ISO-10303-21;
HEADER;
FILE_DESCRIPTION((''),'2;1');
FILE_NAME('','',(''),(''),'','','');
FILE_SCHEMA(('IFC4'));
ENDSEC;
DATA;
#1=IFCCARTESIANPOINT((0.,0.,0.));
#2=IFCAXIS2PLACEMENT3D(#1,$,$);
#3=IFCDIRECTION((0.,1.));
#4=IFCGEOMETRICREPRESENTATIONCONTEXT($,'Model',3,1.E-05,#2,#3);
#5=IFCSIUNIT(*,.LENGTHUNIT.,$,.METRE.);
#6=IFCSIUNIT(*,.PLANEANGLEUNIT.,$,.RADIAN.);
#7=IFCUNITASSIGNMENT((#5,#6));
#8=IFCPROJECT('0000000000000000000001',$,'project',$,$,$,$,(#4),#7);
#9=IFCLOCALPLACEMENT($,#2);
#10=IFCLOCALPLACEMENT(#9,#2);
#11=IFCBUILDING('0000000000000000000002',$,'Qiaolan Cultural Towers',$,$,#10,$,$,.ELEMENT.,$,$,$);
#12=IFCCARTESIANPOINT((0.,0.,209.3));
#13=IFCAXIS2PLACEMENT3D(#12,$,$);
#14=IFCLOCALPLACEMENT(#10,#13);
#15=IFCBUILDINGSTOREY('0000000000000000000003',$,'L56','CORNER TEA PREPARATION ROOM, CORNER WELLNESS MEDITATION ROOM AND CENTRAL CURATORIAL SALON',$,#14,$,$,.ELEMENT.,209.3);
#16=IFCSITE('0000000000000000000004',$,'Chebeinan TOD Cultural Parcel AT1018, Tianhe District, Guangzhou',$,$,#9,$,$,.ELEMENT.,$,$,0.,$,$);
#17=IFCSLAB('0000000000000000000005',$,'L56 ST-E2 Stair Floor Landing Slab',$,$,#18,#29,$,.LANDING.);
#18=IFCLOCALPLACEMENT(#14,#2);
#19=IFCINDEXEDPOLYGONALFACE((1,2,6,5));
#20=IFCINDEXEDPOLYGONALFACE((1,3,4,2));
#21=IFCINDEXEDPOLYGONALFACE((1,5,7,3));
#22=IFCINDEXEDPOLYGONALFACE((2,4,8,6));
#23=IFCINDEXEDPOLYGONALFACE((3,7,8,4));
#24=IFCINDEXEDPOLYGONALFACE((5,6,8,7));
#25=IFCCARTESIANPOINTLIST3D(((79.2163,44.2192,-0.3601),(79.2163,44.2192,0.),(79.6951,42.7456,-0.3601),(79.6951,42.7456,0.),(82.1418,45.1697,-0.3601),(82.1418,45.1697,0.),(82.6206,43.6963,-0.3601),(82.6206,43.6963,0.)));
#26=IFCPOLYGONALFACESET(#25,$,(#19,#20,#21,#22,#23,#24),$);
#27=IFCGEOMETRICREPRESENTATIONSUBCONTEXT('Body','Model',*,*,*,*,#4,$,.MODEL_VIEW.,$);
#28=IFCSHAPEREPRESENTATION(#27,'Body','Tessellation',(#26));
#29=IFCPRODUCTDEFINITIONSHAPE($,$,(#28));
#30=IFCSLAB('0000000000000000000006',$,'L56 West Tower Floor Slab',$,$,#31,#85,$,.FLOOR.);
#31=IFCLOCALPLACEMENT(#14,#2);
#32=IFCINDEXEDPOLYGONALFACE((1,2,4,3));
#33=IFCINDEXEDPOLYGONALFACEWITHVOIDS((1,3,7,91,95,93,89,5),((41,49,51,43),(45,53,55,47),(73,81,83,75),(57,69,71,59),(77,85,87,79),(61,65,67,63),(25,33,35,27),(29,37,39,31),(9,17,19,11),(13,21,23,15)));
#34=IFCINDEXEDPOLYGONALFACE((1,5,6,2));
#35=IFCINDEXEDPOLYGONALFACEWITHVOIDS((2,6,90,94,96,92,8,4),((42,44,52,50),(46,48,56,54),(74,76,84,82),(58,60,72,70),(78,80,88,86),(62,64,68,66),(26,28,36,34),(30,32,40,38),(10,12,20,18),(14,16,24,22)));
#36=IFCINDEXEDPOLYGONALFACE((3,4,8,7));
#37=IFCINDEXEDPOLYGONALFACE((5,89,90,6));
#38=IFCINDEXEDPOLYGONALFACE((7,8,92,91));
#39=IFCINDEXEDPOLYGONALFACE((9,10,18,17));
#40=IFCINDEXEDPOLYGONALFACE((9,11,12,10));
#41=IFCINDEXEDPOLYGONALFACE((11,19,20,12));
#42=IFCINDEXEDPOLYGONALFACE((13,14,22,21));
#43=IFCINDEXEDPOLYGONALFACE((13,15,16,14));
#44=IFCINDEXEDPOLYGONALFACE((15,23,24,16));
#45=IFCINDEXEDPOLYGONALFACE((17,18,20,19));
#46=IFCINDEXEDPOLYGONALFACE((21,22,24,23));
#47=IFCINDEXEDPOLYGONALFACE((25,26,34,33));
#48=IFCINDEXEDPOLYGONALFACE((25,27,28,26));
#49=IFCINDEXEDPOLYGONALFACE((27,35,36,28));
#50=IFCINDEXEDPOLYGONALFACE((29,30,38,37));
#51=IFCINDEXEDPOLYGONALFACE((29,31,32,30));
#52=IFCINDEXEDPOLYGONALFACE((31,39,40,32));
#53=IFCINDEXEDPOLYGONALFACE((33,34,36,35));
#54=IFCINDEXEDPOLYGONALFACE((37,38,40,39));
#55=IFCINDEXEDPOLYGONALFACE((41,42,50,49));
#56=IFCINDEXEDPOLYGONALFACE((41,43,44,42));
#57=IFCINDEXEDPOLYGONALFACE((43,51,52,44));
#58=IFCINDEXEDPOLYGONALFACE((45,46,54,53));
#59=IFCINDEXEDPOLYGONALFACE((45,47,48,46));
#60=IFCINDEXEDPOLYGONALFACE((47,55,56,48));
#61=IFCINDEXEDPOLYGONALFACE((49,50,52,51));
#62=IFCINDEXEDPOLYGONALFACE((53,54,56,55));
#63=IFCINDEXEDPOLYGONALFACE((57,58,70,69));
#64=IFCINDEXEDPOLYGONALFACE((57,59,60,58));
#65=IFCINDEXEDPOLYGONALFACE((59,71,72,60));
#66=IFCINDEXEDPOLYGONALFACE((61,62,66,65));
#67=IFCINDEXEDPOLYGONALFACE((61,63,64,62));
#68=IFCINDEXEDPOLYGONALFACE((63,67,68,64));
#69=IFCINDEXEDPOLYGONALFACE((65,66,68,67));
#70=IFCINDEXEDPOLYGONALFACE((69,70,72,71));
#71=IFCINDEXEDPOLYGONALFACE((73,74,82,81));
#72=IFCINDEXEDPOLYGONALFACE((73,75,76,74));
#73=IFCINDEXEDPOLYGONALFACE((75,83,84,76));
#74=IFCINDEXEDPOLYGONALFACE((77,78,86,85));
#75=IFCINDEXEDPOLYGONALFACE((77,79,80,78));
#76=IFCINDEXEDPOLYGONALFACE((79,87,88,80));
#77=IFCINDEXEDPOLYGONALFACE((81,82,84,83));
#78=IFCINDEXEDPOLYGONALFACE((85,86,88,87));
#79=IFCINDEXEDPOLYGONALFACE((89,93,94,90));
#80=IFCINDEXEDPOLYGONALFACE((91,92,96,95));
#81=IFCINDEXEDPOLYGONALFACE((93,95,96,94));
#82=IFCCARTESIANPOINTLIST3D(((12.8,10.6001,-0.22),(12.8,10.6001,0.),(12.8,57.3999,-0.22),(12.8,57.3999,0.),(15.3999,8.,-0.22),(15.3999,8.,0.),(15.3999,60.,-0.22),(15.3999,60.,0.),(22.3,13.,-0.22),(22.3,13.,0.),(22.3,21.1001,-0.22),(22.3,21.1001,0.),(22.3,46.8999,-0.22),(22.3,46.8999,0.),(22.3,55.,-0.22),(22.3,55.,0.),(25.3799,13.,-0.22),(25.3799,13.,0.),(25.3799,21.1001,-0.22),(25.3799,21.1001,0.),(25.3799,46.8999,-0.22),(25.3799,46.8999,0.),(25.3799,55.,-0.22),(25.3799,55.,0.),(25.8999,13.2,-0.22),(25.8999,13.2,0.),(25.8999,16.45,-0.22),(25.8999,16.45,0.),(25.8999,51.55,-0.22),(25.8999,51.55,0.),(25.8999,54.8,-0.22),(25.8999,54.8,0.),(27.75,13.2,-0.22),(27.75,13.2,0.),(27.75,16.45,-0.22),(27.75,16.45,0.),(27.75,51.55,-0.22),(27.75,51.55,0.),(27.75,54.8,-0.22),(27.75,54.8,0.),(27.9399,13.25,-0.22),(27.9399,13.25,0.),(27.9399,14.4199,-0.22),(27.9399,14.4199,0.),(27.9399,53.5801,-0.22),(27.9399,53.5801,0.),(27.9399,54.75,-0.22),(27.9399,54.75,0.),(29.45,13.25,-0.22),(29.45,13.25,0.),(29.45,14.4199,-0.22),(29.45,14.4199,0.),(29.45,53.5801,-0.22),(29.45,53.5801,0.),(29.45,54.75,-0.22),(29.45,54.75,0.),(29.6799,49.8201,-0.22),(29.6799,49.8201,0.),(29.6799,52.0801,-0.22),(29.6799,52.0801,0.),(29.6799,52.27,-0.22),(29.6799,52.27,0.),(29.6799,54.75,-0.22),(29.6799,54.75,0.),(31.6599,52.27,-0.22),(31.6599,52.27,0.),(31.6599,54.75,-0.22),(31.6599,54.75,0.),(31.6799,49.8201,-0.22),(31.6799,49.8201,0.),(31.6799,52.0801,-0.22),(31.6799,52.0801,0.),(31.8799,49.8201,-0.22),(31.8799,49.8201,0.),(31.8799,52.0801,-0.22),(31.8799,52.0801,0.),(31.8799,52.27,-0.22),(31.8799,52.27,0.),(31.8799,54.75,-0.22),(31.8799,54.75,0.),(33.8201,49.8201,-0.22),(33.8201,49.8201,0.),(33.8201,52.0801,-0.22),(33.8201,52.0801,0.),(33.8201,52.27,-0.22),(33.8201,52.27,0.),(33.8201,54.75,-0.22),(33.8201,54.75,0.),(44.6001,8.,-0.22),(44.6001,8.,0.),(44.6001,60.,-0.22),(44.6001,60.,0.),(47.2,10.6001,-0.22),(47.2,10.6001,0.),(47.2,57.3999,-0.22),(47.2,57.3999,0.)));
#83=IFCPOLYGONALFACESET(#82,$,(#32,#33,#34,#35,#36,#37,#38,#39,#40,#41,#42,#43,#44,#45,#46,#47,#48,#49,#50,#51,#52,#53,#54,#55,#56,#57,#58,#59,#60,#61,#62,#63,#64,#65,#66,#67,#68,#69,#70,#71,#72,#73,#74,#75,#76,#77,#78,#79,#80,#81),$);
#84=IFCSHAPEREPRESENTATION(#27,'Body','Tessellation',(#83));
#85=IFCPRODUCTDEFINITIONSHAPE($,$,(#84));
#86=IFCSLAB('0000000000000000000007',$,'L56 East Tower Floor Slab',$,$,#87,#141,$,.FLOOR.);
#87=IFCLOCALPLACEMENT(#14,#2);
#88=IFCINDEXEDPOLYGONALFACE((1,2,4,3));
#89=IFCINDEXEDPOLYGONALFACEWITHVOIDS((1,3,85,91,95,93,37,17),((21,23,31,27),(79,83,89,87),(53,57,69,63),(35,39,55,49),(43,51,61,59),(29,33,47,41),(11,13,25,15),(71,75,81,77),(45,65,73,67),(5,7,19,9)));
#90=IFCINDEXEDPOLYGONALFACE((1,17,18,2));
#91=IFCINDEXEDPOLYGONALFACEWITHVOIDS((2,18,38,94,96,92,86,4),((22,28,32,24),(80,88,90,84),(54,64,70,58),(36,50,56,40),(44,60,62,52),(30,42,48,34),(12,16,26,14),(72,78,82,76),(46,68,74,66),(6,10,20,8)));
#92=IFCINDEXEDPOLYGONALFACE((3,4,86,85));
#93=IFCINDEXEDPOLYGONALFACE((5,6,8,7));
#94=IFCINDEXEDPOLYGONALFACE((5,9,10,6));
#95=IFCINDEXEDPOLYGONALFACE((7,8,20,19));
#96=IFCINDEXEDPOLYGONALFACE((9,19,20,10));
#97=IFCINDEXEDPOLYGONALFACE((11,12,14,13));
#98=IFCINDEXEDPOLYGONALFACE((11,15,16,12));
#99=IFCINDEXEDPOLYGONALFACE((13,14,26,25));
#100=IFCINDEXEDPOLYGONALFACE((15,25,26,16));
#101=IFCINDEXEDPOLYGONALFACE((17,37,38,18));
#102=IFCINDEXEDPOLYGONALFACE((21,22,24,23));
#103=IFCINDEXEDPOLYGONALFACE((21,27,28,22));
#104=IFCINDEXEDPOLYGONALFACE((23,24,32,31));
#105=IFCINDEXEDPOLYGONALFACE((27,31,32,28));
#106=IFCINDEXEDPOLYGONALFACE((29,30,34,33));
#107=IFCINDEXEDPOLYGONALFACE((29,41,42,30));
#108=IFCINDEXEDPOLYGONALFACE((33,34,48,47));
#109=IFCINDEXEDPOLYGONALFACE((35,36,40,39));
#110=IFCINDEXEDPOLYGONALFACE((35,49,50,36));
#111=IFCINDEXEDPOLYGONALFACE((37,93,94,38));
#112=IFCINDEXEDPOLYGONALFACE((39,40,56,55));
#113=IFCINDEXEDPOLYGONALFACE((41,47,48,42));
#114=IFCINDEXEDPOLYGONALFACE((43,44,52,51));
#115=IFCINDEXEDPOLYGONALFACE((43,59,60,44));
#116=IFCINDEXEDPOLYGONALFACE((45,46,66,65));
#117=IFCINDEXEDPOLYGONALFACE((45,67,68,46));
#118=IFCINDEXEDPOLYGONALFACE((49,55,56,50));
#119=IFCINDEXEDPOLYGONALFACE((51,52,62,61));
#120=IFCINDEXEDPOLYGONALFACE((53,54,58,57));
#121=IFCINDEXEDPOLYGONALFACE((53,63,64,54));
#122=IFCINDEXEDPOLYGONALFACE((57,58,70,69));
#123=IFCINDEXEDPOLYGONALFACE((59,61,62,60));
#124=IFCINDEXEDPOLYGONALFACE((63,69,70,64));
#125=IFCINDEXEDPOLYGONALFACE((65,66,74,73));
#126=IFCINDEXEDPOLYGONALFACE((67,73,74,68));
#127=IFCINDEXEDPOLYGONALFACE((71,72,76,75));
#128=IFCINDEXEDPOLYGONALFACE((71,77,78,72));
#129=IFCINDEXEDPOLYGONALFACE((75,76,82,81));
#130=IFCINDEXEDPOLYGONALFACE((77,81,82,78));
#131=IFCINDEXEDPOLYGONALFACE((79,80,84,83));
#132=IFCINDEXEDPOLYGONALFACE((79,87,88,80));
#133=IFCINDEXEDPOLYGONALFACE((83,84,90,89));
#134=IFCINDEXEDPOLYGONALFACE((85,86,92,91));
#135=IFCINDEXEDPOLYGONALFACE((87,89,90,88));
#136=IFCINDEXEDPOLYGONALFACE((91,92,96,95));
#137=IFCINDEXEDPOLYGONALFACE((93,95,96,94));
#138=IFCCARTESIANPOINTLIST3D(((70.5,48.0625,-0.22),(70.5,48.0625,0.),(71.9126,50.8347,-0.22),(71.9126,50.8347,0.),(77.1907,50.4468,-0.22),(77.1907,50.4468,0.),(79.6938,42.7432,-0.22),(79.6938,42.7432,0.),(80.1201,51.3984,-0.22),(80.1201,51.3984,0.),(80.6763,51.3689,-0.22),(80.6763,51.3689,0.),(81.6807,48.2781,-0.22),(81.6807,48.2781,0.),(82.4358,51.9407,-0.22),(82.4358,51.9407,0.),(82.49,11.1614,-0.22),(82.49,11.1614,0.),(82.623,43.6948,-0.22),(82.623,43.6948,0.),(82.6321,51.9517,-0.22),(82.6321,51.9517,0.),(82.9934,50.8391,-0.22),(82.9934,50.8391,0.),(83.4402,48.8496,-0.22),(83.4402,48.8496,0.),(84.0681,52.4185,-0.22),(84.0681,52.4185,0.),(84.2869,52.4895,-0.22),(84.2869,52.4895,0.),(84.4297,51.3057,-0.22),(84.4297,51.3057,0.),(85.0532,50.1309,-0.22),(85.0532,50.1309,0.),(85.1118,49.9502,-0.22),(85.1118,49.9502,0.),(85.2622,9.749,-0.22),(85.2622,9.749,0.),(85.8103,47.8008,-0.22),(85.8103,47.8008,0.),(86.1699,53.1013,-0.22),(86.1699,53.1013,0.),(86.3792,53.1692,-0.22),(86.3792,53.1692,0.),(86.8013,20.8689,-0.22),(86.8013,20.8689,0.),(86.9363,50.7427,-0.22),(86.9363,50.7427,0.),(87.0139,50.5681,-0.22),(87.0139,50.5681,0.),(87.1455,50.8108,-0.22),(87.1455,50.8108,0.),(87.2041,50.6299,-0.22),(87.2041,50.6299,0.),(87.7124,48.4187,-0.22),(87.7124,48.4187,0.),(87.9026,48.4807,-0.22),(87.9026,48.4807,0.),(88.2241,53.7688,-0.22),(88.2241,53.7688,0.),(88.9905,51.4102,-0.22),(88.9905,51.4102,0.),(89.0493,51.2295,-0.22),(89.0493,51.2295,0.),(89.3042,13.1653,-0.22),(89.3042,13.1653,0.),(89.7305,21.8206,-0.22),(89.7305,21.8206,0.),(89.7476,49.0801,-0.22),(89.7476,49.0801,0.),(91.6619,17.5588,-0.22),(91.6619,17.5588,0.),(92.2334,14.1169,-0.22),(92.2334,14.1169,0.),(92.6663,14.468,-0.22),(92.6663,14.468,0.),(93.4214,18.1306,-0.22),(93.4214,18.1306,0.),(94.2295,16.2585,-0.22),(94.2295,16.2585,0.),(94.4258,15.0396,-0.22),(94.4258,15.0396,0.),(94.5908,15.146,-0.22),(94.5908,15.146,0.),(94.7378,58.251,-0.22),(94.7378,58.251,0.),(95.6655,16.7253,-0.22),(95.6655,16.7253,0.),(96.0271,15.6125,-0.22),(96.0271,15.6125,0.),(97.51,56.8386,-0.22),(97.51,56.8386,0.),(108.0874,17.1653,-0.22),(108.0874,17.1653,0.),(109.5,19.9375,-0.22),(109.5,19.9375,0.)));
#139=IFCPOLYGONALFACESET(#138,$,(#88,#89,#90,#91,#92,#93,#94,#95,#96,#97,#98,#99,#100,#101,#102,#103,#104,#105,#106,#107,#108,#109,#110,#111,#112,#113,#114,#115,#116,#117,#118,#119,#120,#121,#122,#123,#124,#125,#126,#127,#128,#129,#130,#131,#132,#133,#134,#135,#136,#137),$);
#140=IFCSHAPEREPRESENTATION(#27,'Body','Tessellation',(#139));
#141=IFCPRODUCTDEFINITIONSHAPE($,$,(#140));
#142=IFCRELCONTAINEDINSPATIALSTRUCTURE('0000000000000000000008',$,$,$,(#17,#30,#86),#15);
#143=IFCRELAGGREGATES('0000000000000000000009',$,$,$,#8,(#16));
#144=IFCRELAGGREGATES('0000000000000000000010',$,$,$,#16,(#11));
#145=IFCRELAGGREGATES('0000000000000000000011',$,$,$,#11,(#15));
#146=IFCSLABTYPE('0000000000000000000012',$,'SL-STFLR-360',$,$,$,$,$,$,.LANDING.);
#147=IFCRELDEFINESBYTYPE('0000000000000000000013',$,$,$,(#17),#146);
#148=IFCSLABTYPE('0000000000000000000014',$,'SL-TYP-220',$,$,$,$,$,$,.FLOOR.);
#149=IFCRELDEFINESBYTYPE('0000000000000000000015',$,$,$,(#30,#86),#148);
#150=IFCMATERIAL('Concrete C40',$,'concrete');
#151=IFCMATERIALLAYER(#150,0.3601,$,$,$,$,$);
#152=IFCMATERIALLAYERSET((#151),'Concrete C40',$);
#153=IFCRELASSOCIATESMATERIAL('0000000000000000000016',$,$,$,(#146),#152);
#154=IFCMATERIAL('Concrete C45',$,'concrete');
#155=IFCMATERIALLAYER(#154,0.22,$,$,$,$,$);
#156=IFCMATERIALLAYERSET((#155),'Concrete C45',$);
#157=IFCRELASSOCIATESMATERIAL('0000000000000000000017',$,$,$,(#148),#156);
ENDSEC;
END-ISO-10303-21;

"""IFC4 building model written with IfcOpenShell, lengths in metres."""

from ifc_helpers import new_model, si_unit, direction, frame, origin, place, context, subcontext, project, spatial, polyline, outline, extrude, material, layer, layer_set, type_object, element, save


model = new_model("IFC4")

# Units and contexts
model_context = context("Model", 3, precision=1e-05, world=origin(), true_north=direction((0.0, 1.0)))
body_context = subcontext(model_context, "Body", "Model", "MODEL_VIEW")
ifc_project = project(units=[si_unit("LENGTHUNIT", "METRE"), si_unit("PLANEANGLEUNIT", "RADIAN")], contexts=[model_context])

# Site, building, storey
site_placement = place(None, origin())
site = spatial("IfcSite", under=ifc_project, at=site_placement, Name="Chebeinan TOD Cultural Parcel AT1018, Tianhe District, Guangzhou", CompositionType="ELEMENT", RefElevation=0.0)
building_placement = place(site_placement, origin())
building = spatial("IfcBuilding", under=site, at=building_placement, Name="Qiaolan Cultural Towers", CompositionType="ELEMENT")
storey_placement = place(building_placement, frame((0.0, 0.0, 209.3)))
storey = spatial("IfcBuildingStorey", under=building, at=storey_placement, Name="L56", Description="CORNER TEA PREPARATION ROOM, CORNER WELLNESS MEDITATION ROOM AND CENTRAL CURATORIAL SALON", CompositionType="ELEMENT", Elevation=209.3)

# Slabs
ifc_material_1 = material(Name="Concrete C40", Category="concrete")
ifc_layer_1 = layer(ifc_material_1, 0.3601)
ifc_layer_set_1 = layer_set([ifc_layer_1], Name="Concrete C40")
slab_type_1 = type_object("IfcSlabType", Name="SL-STFLR-360", PredefinedType="LANDING", material=ifc_layer_set_1)
slab_1_placement = place(storey_placement, frame((0.0, 0.0, -0.3601)))
element("IfcSlab", 1, at=slab_1_placement, inside=storey, type_object=slab_type_1, Name="L56 ST-E2 Stair Floor Landing Slab", PredefinedType="LANDING", context=body_context, shape_type="SweptSolid", body=[
    extrude(outline(polyline([(82.6206, 43.6963), (82.1418, 45.1697), (79.2163, 44.2192), (79.6951, 42.7456), (82.6206, 43.6963)])), origin(), (0.0, 0.0, 1.0), 0.3601),
])
ifc_material_2 = material(Name="Concrete C45", Category="concrete")
ifc_layer_2 = layer(ifc_material_2, 0.22)
ifc_layer_set_2 = layer_set([ifc_layer_2], Name="Concrete C45")
slab_type_2 = type_object("IfcSlabType", Name="SL-TYP-220", PredefinedType="FLOOR", material=ifc_layer_set_2)
slab_2_placement = place(storey_placement, frame((0.0, 0.0, -0.22)))
element("IfcSlab", 2, at=slab_2_placement, inside=storey, type_object=slab_type_2, Name="L56 West Tower Floor Slab", PredefinedType="FLOOR", context=body_context, shape_type="SweptSolid", body=[
    extrude(outline(polyline([(15.3999, 8.0), (44.6001, 8.0), (47.2, 10.6001), (47.2, 57.3999), (44.6001, 60.0), (15.3999, 60.0), (12.8, 57.3999), (12.8, 10.6001), (15.3999, 8.0)]), holes=[polyline([(22.3, 21.1001), (22.3, 13.0), (25.3799, 13.0), (25.3799, 21.1001), (22.3, 21.1001)]), polyline([(25.3799, 46.8999), (25.3799, 55.0), (22.3, 55.0), (22.3, 46.8999), (25.3799, 46.8999)]), polyline([(25.8999, 13.2), (27.75, 13.2), (27.75, 16.45), (25.8999, 16.45), (25.8999, 13.2)]), polyline([(27.9399, 13.25), (29.45, 13.25), (29.45, 14.4199), (27.9399, 14.4199), (27.9399, 13.25)]), polyline([(25.8999, 51.55), (27.75, 51.55), (27.75, 54.8), (25.8999, 54.8), (25.8999, 51.55)]), polyline([(27.9399, 53.5801), (29.45, 53.5801), (29.45, 54.75), (27.9399, 54.75), (27.9399, 53.5801)]), polyline([(29.6799, 49.8201), (31.6799, 49.8201), (31.6799, 52.0801), (29.6799, 52.0801), (29.6799, 49.8201)]), polyline([(31.8799, 49.8201), (33.8201, 49.8201), (33.8201, 52.0801), (31.8799, 52.0801), (31.8799, 49.8201)]), polyline([(29.6799, 52.27), (31.6599, 52.27), (31.6599, 54.75), (29.6799, 54.75), (29.6799, 52.27)]), polyline([(31.8799, 52.27), (33.8201, 52.27), (33.8201, 54.75), (31.8799, 54.75), (31.8799, 52.27)])]), origin(), (0.0, 0.0, 1.0), 0.22),
])
slab_3_placement = place(storey_placement, frame((0.0, 0.0, -0.22)))
element("IfcSlab", 3, at=slab_3_placement, inside=storey, type_object=slab_type_2, Name="L56 East Tower Floor Slab", PredefinedType="FLOOR", context=body_context, shape_type="SweptSolid", body=[
    extrude(outline(polyline([(85.2622, 9.749), (108.0874, 17.1653), (109.5, 19.9375), (97.51, 56.8386), (94.7378, 58.251), (71.9126, 50.8347), (70.5, 48.0625), (82.49, 11.1614), (85.2622, 9.749)]), holes=[polyline([(86.8013, 20.8689), (89.3042, 13.1653), (92.2334, 14.1169), (89.7305, 21.8206), (86.8013, 20.8689)]), polyline([(82.623, 43.6948), (80.1201, 51.3984), (77.1907, 50.4468), (79.6938, 42.7432), (82.623, 43.6948)]), polyline([(92.6663, 14.468), (94.4258, 15.0396), (93.4214, 18.1306), (91.6619, 17.5588), (92.6663, 14.468)]), polyline([(94.5908, 15.146), (96.0271, 15.6125), (95.6655, 16.7253), (94.2295, 16.2585), (94.5908, 15.146)]), polyline([(81.6807, 48.2781), (83.4402, 48.8496), (82.4358, 51.9407), (80.6763, 51.3689), (81.6807, 48.2781)]), polyline([(82.9934, 50.8391), (84.4297, 51.3057), (84.0681, 52.4185), (82.6321, 51.9517), (82.9934, 50.8391)]), polyline([(85.8103, 47.8008), (87.7124, 48.4187), (87.0139, 50.5681), (85.1118, 49.9502), (85.8103, 47.8008)]), polyline([(87.9026, 48.4807), (89.7476, 49.0801), (89.0493, 51.2295), (87.2041, 50.6299), (87.9026, 48.4807)]), polyline([(85.0532, 50.1309), (86.9363, 50.7427), (86.1699, 53.1013), (84.2869, 52.4895), (85.0532, 50.1309)]), polyline([(87.1455, 50.8108), (88.9905, 51.4102), (88.2241, 53.7688), (86.3792, 53.1692), (87.1455, 50.8108)])]), origin(), (0.0, 0.0, 1.0), 0.22),
])

save(model, "model.ifc")
